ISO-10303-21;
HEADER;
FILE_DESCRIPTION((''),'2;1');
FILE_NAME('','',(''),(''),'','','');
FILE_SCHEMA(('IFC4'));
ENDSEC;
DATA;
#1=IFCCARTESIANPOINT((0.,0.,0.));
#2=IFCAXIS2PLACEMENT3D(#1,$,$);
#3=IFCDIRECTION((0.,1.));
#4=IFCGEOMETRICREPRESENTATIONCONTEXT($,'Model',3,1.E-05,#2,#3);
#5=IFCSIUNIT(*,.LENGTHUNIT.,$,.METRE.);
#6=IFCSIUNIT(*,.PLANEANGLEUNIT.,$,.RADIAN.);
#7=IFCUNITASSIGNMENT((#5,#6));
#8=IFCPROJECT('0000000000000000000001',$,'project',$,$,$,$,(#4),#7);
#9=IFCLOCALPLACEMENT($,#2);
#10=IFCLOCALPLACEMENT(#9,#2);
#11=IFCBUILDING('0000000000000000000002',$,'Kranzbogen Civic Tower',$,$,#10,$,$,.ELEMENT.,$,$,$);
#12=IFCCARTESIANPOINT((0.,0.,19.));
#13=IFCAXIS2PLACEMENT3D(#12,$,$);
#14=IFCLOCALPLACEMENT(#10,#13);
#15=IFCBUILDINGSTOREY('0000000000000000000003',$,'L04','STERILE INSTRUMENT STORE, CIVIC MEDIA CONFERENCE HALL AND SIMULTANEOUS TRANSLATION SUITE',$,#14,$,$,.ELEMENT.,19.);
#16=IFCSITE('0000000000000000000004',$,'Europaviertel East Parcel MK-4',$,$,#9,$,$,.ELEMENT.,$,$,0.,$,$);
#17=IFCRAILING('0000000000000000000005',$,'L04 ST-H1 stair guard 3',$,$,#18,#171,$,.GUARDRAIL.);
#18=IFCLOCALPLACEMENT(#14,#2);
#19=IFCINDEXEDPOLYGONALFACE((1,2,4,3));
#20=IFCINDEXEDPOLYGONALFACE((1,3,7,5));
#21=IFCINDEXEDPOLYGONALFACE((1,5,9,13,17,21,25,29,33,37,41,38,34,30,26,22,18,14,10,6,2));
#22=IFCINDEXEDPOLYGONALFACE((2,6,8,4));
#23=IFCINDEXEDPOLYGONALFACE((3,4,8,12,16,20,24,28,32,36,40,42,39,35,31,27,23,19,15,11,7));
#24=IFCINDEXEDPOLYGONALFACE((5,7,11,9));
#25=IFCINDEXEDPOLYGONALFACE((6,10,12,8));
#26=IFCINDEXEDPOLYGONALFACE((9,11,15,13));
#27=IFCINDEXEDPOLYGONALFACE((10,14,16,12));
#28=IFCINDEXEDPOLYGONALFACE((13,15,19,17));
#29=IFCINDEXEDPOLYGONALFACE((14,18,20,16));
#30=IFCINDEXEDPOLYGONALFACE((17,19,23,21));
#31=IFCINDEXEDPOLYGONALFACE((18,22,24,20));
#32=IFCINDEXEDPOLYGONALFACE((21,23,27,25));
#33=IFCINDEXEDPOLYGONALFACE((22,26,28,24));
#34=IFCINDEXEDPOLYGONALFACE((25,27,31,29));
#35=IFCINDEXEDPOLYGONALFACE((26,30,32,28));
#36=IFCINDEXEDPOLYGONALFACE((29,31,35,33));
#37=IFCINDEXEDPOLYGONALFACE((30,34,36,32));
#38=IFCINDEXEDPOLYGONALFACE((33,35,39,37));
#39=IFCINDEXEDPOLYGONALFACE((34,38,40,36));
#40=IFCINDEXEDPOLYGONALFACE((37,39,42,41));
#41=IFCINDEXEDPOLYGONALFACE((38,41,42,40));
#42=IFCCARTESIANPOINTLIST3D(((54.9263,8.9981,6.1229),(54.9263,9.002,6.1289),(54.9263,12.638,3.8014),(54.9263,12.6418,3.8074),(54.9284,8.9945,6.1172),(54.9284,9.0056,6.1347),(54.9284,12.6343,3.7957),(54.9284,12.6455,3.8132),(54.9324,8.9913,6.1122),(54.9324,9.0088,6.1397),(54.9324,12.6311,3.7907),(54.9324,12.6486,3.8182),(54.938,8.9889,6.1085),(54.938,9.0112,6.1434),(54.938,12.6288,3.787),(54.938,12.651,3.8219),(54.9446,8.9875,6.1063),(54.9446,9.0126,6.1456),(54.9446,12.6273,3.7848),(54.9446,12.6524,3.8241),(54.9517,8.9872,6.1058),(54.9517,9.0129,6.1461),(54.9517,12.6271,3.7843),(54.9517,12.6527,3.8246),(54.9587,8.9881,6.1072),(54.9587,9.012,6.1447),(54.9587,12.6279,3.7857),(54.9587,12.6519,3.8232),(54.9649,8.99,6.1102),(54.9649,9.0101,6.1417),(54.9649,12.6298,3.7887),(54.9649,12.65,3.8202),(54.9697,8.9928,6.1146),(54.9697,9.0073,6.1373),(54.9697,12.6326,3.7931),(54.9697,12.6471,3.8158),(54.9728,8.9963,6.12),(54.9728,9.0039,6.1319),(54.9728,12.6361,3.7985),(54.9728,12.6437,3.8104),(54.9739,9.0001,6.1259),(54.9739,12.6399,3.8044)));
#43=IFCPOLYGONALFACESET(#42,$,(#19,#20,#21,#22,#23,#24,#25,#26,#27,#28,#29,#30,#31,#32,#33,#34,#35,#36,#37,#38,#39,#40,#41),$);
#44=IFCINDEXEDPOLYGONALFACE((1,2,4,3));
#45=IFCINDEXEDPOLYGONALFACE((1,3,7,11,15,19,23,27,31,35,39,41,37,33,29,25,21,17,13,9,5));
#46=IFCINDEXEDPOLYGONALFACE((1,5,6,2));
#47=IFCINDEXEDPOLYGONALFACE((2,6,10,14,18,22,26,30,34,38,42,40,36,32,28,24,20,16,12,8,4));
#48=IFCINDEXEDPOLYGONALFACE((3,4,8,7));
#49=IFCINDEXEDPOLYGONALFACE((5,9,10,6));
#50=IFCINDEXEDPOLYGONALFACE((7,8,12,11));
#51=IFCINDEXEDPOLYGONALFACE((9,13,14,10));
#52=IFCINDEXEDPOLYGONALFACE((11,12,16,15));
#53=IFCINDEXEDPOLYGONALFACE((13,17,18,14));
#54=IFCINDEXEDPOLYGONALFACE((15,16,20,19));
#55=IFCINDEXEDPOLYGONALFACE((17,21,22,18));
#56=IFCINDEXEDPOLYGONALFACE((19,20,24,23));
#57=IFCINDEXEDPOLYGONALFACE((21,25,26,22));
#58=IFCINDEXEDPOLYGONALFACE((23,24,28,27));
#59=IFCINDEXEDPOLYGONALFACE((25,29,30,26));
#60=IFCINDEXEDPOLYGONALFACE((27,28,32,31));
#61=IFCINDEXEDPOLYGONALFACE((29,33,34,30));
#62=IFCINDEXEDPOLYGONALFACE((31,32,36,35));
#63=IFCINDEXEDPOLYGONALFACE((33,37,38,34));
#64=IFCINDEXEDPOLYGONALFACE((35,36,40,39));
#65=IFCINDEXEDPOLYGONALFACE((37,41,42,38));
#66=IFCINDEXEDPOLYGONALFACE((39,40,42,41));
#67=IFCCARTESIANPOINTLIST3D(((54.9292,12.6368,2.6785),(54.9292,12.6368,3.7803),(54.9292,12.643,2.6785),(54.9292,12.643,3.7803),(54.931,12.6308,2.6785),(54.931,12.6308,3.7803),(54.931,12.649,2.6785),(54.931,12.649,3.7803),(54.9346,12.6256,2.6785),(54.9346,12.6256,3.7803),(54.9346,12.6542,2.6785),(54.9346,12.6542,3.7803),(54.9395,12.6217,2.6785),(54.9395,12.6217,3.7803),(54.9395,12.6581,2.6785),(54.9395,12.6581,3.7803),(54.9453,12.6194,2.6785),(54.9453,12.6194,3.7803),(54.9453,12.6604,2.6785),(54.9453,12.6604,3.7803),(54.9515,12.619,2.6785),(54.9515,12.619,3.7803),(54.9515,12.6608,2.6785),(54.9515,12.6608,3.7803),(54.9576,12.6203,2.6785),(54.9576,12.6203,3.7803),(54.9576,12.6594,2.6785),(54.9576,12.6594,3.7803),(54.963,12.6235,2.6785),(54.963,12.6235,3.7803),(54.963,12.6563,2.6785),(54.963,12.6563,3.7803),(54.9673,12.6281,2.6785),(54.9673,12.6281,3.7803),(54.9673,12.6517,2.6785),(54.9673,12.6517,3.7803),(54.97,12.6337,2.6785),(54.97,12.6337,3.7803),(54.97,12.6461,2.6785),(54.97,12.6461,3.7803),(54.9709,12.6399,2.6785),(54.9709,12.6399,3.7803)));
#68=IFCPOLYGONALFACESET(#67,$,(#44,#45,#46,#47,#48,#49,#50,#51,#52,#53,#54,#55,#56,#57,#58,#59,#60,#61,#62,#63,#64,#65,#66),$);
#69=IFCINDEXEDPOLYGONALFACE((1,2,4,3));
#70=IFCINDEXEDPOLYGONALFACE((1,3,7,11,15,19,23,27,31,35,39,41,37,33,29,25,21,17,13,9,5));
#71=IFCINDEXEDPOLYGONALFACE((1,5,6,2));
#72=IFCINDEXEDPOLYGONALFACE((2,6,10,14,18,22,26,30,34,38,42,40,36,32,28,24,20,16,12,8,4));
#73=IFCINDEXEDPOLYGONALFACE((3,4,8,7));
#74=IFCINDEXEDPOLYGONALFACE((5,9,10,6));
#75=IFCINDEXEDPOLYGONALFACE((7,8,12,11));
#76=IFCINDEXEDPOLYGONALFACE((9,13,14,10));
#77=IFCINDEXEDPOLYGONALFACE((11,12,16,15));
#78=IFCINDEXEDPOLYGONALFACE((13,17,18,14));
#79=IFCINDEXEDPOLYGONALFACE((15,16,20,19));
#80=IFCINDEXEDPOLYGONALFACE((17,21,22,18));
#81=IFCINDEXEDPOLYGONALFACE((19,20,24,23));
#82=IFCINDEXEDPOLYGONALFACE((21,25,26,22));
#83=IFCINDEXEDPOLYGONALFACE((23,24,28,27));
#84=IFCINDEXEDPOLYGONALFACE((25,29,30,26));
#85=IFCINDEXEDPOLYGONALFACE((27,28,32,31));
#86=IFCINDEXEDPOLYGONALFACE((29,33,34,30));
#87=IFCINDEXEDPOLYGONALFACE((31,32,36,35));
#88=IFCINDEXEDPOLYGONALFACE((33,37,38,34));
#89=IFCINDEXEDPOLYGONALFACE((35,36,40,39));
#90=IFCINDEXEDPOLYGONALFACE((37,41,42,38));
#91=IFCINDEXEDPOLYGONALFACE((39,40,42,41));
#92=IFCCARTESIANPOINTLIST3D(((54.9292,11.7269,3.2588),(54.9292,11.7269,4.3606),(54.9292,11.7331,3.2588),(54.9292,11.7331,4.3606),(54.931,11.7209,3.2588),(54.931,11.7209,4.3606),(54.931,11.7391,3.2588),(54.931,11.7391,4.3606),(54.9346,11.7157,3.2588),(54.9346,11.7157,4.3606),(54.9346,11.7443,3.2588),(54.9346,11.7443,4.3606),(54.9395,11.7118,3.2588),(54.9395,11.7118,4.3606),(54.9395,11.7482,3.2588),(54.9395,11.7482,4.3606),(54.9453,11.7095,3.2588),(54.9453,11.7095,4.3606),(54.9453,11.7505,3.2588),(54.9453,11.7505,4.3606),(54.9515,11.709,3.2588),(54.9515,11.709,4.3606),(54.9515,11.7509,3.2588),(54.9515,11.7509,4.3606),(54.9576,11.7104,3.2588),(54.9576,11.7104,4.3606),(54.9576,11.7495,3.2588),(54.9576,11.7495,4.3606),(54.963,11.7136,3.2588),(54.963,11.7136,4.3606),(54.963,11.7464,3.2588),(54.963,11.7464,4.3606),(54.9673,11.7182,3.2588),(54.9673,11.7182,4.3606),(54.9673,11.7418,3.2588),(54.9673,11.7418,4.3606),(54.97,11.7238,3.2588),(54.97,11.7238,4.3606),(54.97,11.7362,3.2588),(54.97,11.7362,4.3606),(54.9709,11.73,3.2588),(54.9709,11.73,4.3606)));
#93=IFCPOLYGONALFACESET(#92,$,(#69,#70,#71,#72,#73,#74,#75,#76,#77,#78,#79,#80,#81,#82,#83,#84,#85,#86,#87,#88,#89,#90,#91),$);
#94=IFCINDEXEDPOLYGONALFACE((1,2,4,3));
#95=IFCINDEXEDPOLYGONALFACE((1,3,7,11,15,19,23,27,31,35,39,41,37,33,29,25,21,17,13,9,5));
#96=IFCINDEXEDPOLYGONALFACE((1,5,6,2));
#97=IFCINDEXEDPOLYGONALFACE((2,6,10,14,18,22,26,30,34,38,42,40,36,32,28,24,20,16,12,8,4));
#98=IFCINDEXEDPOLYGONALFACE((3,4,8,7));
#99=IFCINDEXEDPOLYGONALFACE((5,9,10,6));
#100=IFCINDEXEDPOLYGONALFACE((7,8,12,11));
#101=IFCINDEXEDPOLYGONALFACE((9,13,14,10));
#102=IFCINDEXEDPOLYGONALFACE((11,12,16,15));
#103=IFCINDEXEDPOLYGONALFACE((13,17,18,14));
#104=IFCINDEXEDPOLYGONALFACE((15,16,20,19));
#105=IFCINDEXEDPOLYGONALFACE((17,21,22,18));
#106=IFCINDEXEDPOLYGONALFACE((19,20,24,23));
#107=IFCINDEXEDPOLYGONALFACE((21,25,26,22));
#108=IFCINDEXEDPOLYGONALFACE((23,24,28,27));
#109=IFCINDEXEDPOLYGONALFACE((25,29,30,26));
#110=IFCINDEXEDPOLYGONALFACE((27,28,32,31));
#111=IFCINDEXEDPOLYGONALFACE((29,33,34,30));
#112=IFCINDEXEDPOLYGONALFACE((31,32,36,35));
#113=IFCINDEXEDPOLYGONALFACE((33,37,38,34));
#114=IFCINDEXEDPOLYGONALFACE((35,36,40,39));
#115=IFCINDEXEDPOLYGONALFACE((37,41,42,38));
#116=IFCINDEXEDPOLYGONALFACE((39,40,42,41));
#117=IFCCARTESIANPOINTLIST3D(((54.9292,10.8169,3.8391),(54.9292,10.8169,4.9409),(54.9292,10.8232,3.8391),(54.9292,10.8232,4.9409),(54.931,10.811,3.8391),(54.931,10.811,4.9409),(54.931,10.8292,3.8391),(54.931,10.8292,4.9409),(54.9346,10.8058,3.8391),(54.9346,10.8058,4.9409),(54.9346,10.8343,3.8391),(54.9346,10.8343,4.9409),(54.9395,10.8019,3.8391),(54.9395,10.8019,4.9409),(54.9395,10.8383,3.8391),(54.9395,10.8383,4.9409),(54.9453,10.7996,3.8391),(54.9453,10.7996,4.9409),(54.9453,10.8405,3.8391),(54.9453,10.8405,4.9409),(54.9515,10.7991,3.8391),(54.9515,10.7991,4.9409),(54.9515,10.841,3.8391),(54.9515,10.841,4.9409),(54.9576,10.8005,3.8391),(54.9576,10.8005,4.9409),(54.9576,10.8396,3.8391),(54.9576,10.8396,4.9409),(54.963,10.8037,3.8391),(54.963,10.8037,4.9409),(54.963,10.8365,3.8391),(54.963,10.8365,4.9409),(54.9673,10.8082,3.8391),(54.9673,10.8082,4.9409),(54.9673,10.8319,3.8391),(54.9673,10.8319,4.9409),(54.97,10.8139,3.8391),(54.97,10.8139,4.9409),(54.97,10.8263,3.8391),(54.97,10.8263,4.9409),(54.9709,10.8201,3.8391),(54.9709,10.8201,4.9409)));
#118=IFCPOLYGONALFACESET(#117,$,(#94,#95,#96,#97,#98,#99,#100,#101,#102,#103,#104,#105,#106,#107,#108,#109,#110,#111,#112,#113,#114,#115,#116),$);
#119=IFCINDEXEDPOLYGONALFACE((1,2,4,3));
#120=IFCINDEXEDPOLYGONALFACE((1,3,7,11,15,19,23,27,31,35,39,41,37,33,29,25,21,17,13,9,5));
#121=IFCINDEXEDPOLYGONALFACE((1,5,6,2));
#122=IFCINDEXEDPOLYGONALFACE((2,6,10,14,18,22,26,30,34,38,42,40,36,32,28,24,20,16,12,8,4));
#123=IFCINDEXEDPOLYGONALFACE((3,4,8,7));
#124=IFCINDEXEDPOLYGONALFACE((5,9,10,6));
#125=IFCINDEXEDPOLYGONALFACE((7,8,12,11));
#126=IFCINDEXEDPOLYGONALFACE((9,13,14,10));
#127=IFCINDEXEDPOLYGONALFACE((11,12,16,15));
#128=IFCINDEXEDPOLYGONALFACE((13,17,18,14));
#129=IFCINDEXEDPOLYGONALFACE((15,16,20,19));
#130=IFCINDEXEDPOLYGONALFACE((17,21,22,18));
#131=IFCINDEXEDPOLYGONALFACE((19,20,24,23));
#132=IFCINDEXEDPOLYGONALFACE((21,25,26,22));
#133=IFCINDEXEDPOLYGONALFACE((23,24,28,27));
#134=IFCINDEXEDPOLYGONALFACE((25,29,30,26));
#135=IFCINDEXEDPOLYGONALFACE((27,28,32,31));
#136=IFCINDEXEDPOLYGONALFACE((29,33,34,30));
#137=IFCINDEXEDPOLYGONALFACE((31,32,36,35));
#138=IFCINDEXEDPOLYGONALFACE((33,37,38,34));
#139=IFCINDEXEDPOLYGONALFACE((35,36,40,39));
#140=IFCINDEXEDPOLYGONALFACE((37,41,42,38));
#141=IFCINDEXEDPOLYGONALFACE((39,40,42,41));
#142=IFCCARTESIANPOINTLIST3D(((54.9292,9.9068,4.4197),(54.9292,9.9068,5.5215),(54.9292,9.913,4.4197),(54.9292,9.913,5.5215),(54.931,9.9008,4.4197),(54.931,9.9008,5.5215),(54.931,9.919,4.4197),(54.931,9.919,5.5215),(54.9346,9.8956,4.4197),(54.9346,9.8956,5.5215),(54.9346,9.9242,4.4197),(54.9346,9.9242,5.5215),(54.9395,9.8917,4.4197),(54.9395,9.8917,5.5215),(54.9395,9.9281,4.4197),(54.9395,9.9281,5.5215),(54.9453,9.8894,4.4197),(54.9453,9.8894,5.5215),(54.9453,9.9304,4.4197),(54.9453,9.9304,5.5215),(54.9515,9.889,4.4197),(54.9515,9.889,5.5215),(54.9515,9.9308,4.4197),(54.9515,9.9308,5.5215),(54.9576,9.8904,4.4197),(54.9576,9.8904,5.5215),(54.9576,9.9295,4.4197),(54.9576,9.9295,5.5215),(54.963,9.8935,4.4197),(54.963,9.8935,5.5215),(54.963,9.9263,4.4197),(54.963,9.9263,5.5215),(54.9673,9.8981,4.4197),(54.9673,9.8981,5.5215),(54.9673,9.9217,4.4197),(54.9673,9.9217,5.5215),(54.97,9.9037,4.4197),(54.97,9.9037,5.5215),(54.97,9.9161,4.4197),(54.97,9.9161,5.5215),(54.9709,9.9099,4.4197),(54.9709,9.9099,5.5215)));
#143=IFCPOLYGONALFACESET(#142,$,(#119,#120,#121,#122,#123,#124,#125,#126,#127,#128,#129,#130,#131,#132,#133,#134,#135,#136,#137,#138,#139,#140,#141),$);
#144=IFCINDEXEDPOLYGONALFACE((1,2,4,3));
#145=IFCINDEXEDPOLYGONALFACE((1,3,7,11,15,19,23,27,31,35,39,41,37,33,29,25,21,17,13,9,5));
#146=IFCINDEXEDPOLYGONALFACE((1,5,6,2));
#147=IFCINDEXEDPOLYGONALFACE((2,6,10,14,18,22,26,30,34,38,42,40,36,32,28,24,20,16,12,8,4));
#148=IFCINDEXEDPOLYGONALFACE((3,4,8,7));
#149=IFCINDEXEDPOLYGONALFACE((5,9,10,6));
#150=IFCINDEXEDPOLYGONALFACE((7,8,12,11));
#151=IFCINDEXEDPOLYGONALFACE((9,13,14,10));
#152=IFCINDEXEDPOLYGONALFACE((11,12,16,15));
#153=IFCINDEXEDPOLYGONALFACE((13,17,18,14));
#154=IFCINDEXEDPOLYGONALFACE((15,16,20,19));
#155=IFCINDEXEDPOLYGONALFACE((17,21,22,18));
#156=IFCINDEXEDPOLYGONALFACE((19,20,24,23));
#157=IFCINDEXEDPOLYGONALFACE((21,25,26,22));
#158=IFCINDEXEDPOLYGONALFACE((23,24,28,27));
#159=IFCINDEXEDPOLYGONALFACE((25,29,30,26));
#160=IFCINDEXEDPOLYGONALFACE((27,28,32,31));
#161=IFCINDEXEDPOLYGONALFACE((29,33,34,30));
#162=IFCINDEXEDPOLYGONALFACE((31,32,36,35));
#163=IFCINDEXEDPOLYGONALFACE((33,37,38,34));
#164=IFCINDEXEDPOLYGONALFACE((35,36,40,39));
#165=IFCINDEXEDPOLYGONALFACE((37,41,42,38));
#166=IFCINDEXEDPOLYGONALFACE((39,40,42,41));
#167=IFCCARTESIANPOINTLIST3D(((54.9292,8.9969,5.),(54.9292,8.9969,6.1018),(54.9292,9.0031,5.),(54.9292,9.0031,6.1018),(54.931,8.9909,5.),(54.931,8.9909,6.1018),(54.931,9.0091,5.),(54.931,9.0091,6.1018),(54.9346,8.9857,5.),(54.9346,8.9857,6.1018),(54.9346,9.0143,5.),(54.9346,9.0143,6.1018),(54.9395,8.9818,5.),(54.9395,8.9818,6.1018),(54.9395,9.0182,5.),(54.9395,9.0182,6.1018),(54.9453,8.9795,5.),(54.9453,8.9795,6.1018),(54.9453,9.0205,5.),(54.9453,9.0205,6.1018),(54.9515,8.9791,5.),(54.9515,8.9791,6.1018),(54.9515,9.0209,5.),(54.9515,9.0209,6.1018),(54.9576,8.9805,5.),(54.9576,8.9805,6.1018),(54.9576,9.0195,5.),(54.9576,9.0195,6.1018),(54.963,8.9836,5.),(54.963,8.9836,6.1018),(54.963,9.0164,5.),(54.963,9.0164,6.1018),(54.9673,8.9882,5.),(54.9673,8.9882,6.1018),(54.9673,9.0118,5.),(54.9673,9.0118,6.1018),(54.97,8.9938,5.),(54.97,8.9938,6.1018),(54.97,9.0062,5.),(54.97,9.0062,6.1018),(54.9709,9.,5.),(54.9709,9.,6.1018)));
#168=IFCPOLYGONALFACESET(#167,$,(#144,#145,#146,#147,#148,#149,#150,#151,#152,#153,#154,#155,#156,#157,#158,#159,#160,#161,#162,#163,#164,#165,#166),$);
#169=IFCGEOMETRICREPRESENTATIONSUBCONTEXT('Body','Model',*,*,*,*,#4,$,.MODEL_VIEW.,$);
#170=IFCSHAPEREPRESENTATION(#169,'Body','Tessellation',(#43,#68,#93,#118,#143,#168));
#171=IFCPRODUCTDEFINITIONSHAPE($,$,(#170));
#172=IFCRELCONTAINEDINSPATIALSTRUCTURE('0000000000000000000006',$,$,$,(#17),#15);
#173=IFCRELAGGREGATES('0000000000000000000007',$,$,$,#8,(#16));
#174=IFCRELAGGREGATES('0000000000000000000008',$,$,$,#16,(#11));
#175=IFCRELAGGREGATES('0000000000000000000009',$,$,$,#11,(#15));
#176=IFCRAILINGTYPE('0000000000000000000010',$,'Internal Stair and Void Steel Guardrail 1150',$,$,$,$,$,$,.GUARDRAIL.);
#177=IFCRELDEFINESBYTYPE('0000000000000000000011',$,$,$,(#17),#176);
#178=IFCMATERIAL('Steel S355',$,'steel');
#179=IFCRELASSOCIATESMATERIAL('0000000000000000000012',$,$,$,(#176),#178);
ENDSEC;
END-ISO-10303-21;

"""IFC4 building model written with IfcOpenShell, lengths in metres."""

from ifc_helpers import new_model, si_unit, direction, frame, origin, origin_2d, place, context, subcontext, project, spatial, circle, extrude, material, type_object, element, save


model = new_model("IFC4")

# Units and contexts
model_context = context("Model", 3, precision=1e-05, world=origin(), true_north=direction((0.0, 1.0)))
body_context = subcontext(model_context, "Body", "Model", "MODEL_VIEW")
ifc_project = project(units=[si_unit("LENGTHUNIT", "METRE"), si_unit("PLANEANGLEUNIT", "RADIAN")], contexts=[model_context])

# Site, building, storey
site_placement = place(None, origin())
site = spatial("IfcSite", under=ifc_project, at=site_placement, Name="Europaviertel East Parcel MK-4", CompositionType="ELEMENT", RefElevation=0.0)
building_placement = place(site_placement, origin())
building = spatial("IfcBuilding", under=site, at=building_placement, Name="Kranzbogen Civic Tower", CompositionType="ELEMENT")
storey_placement = place(building_placement, frame((0.0, 0.0, 19.0)))
storey = spatial("IfcBuildingStorey", under=building, at=storey_placement, Name="L04", Description="STERILE INSTRUMENT STORE, CIVIC MEDIA CONFERENCE HALL AND SIMULTANEOUS TRANSLATION SUITE", CompositionType="ELEMENT", Elevation=19.0)

# Shared definitions
ifc_material_1 = material(Name="Steel S355", Category="steel")

# Railing
railing_type_1 = type_object("IfcRailingType", Name="Internal Stair and Void Steel Guardrail 1150", PredefinedType="GUARDRAIL", material=ifc_material_1)
railing_1_placement = place(storey_placement, frame((54.95, 12.6399, 2.6785)))
element("IfcRailing", 1, at=railing_1_placement, inside=storey, type_object=railing_type_1, Name="L04 ST-H1 stair guard 3", PredefinedType="GUARDRAIL", context=body_context, shape_type="SweptSolid", body=[
    extrude(circle(Radius=0.0239, at=origin_2d()), frame((0.0, 0.0, 1.126), z_axis=(0.0, -0.843112, 0.537739), x_axis=(1.0, 0.0, 0.0)), (0.0, 0.0, 1.0), 4.3171),
    extrude(circle(Radius=0.021, at=origin_2d()), origin(), (0.0, 0.0, 1.0), 1.1018),
    extrude(circle(Radius=0.021, at=origin_2d()), frame((0.0, -0.9099, 0.5803)), (0.0, 0.0, 1.0), 1.1018),
    extrude(circle(Radius=0.021, at=origin_2d()), frame((0.0, -1.8198, 1.1606)), (0.0, 0.0, 1.0), 1.1018),
    extrude(circle(Radius=0.021, at=origin_2d()), frame((0.0, -2.73, 1.7412)), (0.0, 0.0, 1.0), 1.1018),
    extrude(circle(Radius=0.021, at=origin_2d()), frame((0.0, -3.6399, 2.3215)), (0.0, 0.0, 1.0), 1.1018),
])

save(model, "model.ifc")
